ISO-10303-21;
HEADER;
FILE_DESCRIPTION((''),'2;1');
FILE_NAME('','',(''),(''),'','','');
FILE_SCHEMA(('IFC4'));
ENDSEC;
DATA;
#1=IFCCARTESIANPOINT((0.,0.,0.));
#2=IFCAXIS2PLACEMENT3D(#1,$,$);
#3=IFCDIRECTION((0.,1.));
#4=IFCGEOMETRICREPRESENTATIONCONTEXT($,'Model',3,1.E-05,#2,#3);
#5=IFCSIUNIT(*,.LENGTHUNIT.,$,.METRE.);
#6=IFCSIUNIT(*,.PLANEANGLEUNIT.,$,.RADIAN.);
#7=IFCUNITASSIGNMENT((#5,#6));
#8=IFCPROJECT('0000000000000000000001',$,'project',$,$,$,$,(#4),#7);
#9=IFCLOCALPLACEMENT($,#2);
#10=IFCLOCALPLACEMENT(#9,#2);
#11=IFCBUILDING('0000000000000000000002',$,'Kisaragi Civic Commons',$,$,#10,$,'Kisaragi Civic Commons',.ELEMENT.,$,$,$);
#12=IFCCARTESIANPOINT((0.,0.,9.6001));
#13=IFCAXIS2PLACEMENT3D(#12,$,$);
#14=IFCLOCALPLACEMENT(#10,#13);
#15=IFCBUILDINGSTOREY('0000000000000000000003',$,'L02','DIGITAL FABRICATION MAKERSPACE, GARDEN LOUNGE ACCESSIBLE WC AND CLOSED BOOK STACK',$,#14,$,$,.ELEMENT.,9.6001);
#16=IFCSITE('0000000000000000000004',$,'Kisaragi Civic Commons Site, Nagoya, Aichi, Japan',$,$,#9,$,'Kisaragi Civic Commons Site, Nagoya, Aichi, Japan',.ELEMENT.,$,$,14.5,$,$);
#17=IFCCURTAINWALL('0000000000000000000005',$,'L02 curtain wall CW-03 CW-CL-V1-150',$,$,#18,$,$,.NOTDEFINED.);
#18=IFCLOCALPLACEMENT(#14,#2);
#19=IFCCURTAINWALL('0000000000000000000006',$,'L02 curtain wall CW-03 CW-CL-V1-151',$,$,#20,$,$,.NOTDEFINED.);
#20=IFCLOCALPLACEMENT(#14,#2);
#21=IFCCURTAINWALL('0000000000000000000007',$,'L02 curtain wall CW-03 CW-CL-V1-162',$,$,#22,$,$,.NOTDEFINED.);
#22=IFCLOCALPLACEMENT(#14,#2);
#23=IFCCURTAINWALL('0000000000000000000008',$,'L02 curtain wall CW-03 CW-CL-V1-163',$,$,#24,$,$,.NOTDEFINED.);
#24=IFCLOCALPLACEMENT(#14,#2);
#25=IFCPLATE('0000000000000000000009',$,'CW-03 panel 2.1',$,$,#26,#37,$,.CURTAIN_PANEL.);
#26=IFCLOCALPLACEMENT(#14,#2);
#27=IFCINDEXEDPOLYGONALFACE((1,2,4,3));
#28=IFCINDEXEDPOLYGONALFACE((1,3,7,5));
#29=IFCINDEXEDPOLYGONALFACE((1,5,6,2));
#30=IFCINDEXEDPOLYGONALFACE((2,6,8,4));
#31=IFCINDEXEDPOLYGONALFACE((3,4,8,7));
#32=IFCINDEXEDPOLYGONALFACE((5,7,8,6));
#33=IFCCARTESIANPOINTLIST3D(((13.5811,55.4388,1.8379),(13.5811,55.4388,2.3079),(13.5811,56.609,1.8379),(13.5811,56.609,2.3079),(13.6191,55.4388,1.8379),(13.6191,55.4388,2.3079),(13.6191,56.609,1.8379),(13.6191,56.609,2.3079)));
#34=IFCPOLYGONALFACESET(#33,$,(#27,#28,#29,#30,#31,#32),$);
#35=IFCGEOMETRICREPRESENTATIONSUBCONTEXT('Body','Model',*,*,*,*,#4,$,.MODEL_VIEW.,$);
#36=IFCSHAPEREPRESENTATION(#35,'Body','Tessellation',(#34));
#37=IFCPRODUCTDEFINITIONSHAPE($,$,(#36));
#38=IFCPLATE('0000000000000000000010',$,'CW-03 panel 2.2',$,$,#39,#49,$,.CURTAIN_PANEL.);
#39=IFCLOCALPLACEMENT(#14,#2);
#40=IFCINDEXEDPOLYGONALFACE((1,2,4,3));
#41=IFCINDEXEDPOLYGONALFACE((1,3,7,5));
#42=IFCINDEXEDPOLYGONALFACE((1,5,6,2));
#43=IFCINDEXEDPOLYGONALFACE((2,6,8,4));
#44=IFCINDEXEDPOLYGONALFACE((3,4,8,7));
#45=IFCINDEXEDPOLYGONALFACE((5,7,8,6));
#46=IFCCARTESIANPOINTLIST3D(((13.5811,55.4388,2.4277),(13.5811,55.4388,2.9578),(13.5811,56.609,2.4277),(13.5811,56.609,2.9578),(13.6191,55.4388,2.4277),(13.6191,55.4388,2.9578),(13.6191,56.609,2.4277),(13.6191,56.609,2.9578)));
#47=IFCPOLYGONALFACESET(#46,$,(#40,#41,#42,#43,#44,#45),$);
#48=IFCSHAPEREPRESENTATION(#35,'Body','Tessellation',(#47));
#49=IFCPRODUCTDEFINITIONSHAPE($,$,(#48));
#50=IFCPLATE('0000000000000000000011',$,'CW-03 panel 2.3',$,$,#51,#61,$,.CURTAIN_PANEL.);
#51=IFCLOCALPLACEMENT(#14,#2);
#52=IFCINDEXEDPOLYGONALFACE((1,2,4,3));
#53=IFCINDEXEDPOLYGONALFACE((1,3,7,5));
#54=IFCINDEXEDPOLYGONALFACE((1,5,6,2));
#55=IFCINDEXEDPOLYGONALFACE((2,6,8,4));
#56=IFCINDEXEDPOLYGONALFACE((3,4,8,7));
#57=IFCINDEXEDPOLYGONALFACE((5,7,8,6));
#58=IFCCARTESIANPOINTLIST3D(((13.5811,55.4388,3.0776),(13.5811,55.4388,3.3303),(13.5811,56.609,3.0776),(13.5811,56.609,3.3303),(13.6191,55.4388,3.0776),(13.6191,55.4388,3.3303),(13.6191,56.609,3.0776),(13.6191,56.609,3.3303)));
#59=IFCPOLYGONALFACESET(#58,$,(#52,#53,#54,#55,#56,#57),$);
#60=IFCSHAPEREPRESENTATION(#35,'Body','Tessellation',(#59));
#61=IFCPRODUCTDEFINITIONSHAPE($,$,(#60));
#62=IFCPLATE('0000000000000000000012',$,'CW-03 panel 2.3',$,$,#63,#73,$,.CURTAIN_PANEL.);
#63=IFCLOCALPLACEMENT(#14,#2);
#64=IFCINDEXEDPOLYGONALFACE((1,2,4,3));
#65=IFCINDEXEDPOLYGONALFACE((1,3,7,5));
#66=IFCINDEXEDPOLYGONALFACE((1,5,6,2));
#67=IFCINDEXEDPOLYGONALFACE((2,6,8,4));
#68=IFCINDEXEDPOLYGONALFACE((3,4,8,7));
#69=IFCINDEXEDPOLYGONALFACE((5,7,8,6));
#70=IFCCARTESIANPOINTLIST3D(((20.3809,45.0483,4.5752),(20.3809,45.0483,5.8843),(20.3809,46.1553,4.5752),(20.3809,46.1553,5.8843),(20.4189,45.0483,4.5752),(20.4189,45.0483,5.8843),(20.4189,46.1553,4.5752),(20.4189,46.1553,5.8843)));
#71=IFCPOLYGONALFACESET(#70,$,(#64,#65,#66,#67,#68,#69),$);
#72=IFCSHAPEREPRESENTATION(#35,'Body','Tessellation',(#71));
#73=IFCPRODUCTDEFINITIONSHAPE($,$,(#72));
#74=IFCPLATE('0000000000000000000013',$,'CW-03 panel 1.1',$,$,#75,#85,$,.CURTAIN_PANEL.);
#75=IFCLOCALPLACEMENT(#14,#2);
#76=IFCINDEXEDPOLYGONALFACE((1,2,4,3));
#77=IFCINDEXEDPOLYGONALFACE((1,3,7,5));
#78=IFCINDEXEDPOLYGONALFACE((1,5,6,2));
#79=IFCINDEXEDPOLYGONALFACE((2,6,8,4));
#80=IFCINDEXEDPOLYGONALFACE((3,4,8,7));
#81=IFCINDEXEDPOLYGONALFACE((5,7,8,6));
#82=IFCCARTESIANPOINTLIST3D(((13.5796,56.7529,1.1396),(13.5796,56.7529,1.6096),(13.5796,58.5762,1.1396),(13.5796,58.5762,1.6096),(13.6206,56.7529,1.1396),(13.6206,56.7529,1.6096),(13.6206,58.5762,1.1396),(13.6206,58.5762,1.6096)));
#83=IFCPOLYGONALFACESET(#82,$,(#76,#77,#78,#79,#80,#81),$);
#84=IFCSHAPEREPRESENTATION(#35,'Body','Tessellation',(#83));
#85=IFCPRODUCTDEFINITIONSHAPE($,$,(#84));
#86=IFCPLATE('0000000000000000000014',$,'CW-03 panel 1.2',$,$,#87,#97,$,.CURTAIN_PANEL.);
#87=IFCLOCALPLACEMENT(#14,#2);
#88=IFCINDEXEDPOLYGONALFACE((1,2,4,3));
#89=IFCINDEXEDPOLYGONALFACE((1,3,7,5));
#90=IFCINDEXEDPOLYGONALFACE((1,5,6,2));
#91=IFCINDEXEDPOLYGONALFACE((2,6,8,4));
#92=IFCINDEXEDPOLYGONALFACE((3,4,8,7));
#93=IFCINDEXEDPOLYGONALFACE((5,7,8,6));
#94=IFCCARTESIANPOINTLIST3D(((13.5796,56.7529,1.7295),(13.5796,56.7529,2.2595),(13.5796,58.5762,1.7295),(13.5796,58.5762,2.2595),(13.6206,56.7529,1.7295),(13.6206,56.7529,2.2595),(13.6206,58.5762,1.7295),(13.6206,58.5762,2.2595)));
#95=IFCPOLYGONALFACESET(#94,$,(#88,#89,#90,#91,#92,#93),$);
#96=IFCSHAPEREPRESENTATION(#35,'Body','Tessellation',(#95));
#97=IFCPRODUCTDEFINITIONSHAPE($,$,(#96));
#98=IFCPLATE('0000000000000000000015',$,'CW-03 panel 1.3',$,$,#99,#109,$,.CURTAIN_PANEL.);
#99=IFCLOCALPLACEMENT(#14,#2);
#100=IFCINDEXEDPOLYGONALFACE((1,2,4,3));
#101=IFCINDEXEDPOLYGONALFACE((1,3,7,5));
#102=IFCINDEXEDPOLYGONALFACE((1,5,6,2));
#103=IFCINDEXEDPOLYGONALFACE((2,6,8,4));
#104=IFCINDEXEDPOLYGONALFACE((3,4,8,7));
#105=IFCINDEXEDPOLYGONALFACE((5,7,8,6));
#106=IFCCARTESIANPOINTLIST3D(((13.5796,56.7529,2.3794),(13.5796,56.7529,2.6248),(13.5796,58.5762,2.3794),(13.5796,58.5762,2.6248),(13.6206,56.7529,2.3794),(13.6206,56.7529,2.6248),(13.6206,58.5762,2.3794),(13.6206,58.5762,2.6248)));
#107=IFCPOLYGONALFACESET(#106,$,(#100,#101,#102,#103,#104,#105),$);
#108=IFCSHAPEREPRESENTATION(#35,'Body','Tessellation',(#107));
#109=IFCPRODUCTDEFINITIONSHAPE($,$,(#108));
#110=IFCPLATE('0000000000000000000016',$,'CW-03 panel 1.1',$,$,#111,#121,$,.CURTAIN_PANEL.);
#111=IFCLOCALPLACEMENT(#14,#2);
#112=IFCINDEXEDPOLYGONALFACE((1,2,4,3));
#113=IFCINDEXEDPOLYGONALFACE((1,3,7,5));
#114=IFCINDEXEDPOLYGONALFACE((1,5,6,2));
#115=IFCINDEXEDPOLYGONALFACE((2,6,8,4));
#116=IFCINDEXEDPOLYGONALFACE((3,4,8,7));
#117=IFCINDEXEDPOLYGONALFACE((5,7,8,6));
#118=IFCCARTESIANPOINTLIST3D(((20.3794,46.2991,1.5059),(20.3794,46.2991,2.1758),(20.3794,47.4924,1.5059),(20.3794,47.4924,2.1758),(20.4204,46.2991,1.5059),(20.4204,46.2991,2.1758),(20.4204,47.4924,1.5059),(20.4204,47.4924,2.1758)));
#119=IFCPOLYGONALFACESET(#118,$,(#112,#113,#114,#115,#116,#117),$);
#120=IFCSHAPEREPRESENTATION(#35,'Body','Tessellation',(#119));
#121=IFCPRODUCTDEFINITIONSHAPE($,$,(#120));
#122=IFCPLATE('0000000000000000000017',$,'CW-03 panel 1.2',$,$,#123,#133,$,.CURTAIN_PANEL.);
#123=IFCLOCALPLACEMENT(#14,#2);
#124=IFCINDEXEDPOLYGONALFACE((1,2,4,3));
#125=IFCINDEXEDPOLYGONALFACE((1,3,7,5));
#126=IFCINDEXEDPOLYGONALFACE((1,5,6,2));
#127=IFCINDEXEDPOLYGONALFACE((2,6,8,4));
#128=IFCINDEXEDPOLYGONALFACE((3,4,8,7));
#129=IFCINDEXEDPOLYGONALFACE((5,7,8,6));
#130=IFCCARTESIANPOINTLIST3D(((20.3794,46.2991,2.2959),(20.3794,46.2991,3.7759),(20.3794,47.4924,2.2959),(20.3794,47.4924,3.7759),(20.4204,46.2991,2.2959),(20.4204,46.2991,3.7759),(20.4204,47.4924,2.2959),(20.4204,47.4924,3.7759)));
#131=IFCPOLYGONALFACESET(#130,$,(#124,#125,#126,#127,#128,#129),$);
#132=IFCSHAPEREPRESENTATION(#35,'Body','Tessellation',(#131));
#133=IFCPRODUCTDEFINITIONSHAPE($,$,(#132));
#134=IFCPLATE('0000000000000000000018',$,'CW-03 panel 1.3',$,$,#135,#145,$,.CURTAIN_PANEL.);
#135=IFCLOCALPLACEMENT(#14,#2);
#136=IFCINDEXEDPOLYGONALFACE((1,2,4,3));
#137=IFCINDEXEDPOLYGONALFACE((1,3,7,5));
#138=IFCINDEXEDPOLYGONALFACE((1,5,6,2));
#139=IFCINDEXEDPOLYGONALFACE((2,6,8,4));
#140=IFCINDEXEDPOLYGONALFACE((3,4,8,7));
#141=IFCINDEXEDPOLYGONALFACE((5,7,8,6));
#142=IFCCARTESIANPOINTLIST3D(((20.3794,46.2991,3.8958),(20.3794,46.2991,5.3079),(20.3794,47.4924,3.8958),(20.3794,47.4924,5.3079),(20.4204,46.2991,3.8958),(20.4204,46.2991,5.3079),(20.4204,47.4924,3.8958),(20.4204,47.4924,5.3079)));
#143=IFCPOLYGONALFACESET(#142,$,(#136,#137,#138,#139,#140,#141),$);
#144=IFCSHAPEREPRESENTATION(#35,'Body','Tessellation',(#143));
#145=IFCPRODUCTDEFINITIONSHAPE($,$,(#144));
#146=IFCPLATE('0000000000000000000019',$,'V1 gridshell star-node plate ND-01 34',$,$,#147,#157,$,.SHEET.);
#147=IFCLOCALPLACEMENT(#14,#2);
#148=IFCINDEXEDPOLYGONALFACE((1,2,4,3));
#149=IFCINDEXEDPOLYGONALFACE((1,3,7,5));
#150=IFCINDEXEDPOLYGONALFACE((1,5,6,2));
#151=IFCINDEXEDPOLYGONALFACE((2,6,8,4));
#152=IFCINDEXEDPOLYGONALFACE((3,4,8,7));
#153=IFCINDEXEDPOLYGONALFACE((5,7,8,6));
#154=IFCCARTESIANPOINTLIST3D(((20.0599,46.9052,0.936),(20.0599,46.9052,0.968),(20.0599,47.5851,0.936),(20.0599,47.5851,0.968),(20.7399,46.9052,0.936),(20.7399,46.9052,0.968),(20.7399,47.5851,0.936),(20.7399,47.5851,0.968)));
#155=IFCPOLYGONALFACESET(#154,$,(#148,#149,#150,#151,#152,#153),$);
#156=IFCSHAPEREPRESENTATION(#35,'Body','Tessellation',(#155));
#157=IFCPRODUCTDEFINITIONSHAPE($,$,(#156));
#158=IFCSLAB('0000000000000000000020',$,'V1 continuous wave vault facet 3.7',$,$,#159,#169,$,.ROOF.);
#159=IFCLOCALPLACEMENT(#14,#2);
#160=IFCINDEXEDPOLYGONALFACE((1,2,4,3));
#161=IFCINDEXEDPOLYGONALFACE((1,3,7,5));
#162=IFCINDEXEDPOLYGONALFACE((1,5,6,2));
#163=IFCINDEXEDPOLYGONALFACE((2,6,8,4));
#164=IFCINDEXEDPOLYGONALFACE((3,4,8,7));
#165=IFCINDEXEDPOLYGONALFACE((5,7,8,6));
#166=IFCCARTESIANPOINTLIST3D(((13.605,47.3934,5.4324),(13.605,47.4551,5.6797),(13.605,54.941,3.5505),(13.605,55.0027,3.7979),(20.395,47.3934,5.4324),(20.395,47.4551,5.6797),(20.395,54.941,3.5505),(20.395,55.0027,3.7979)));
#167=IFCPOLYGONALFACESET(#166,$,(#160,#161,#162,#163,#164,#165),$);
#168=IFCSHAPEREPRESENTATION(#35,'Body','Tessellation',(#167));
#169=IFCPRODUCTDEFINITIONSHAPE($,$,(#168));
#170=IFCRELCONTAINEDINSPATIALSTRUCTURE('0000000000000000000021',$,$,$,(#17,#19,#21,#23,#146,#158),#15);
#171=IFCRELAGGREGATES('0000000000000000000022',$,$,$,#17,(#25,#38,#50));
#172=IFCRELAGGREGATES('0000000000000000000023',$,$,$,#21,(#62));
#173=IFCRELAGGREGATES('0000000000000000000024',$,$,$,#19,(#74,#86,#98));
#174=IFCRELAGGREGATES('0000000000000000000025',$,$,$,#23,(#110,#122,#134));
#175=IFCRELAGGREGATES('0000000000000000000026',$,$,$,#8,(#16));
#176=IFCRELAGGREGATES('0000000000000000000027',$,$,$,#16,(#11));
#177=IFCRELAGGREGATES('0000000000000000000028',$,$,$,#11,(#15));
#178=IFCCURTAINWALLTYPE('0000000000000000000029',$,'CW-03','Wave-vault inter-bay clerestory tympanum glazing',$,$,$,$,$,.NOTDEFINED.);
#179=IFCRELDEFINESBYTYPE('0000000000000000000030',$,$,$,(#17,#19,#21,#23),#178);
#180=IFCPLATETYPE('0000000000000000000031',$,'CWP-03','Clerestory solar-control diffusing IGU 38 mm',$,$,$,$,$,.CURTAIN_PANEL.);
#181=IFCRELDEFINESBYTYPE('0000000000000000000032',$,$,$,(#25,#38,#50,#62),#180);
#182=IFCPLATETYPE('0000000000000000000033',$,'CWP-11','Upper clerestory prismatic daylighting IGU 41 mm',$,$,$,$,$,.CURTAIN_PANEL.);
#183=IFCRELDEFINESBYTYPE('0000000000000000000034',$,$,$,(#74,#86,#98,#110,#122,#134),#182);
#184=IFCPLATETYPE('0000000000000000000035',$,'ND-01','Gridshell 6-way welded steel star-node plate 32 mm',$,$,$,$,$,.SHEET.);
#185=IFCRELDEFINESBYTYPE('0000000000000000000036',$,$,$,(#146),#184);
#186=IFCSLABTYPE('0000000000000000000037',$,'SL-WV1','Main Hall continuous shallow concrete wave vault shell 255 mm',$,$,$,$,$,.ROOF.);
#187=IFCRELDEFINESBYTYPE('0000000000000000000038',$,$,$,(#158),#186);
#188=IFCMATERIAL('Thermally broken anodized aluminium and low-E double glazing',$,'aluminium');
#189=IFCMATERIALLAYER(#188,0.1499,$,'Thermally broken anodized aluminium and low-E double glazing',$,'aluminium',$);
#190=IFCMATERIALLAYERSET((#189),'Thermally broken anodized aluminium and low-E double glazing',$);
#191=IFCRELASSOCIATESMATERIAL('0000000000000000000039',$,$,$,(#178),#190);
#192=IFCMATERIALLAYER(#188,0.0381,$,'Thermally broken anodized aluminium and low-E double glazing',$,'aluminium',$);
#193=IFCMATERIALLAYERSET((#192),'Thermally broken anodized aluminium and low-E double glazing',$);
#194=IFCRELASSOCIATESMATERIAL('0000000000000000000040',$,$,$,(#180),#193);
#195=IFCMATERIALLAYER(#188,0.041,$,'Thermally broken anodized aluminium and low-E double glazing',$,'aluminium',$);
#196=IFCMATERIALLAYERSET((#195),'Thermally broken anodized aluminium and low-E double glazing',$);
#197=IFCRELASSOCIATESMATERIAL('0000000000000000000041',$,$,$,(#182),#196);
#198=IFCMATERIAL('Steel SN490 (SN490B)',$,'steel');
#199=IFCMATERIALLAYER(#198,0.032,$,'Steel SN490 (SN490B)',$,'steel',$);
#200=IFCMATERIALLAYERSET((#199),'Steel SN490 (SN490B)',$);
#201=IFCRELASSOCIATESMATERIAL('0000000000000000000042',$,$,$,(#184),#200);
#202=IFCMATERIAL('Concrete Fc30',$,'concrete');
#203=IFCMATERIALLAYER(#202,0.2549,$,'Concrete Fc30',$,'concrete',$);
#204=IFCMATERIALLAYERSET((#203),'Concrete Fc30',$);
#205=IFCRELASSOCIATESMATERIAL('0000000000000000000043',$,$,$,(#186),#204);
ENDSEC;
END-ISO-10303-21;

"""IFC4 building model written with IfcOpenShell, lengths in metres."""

from ifc_helpers import new_model, si_unit, direction, frame, origin, origin_2d, place, context, subcontext, project, spatial, polyline, rectangle, outline, extrude, material, layer, layer_set, type_object, element, aggregate, save


model = new_model("IFC4")

# Units and contexts
model_context = context("Model", 3, precision=1e-05, world=origin(), true_north=direction((0.0, 1.0)))
body_context = subcontext(model_context, "Body", "Model", "MODEL_VIEW")
ifc_project = project(units=[si_unit("LENGTHUNIT", "METRE"), si_unit("PLANEANGLEUNIT", "RADIAN")], contexts=[model_context])

# Site, building, storey
site_placement = place(None, origin())
site = spatial("IfcSite", under=ifc_project, at=site_placement, Name="Kisaragi Civic Commons Site, Nagoya, Aichi, Japan", LongName="Kisaragi Civic Commons Site, Nagoya, Aichi, Japan", CompositionType="ELEMENT", RefElevation=14.5)
building_placement = place(site_placement, origin())
building = spatial("IfcBuilding", under=site, at=building_placement, Name="Kisaragi Civic Commons", LongName="Kisaragi Civic Commons", CompositionType="ELEMENT")
storey_placement = place(building_placement, frame((0.0, 0.0, 9.6001)))
storey = spatial("IfcBuildingStorey", under=building, at=storey_placement, Name="L02", Description="DIGITAL FABRICATION MAKERSPACE, GARDEN LOUNGE ACCESSIBLE WC AND CLOSED BOOK STACK", CompositionType="ELEMENT", Elevation=9.6001)

# Curtain walls
ifc_material_1 = material(Name="Thermally broken anodized aluminium and low-E double glazing", Category="aluminium")
ifc_layer_1 = layer(ifc_material_1, 0.1499, Name="Thermally broken anodized aluminium and low-E double glazing", Category="aluminium")
ifc_layer_set_1 = layer_set([ifc_layer_1], Name="Thermally broken anodized aluminium and low-E double glazing")
curtain_wall_type = type_object("IfcCurtainWallType", Name="CW-03", Description="Wave-vault inter-bay clerestory tympanum glazing", PredefinedType="NOTDEFINED", material=ifc_layer_set_1)
curtain_wall_1_placement = place(storey_placement, origin())
curtain_wall_1 = element("IfcCurtainWall", 1, at=curtain_wall_1_placement, inside=storey, type_object=curtain_wall_type, Name="L02 curtain wall CW-03 CW-CL-V1-150", PredefinedType="NOTDEFINED")
curtain_wall_2_placement = place(storey_placement, origin())
curtain_wall_2 = element("IfcCurtainWall", 2, at=curtain_wall_2_placement, inside=storey, type_object=curtain_wall_type, Name="L02 curtain wall CW-03 CW-CL-V1-151", PredefinedType="NOTDEFINED")
curtain_wall_3_placement = place(storey_placement, origin())
curtain_wall_3 = element("IfcCurtainWall", 3, at=curtain_wall_3_placement, inside=storey, type_object=curtain_wall_type, Name="L02 curtain wall CW-03 CW-CL-V1-162", PredefinedType="NOTDEFINED")
curtain_wall_4_placement = place(storey_placement, origin())
curtain_wall_4 = element("IfcCurtainWall", 4, at=curtain_wall_4_placement, inside=storey, type_object=curtain_wall_type, Name="L02 curtain wall CW-03 CW-CL-V1-163", PredefinedType="NOTDEFINED")

# Shared definitions
ifc_material_2 = material(Name="Steel SN490 (SN490B)", Category="steel")

# Plates
ifc_layer_2 = layer(ifc_material_1, 0.0381, Name="Thermally broken anodized aluminium and low-E double glazing", Category="aluminium")
ifc_layer_set_2 = layer_set([ifc_layer_2], Name="Thermally broken anodized aluminium and low-E double glazing")
plate_type_1 = type_object("IfcPlateType", Name="CWP-03", Description="Clerestory solar-control diffusing IGU 38 mm", PredefinedType="CURTAIN_PANEL", material=ifc_layer_set_2)
plate_1_placement = place(storey_placement, frame((13.6001, 56.0239, 1.8379), z_axis=(0.0, 0.0, 1.0), x_axis=(0.0, 1.0, 0.0)))
plate_1 = element("IfcPlate", 5, at=plate_1_placement, type_object=plate_type_1, Name="CW-03 panel 2.1", PredefinedType="CURTAIN_PANEL", context=body_context, shape_type="SweptSolid", body=[
    extrude(rectangle(XDim=1.1702, YDim=0.0381, at=origin_2d()), origin(), (0.0, 0.0, 1.0), 0.47),
])
plate_2_placement = place(storey_placement, frame((13.6001, 56.0239, 2.4277), z_axis=(0.0, 0.0, 1.0), x_axis=(0.0, 1.0, 0.0)))
plate_2 = element("IfcPlate", 6, at=plate_2_placement, type_object=plate_type_1, Name="CW-03 panel 2.2", PredefinedType="CURTAIN_PANEL", context=body_context, shape_type="SweptSolid", body=[
    extrude(rectangle(XDim=1.1702, YDim=0.0381, at=origin_2d()), origin(), (0.0, 0.0, 1.0), 0.53),
])
plate_3_placement = place(storey_placement, frame((13.6001, 56.0239, 3.0776), z_axis=(0.0, 0.0, 1.0), x_axis=(0.0, 1.0, 0.0)))
plate_3 = element("IfcPlate", 7, at=plate_3_placement, type_object=plate_type_1, Name="CW-03 panel 2.3", PredefinedType="CURTAIN_PANEL", context=body_context, shape_type="SweptSolid", body=[
    extrude(rectangle(XDim=1.1702, YDim=0.0381, at=origin_2d()), origin(), (0.0, 0.0, 1.0), 0.2527),
])
aggregate(curtain_wall_1, [plate_1, plate_2, plate_3])
plate_4_placement = place(storey_placement, frame((20.3999, 45.6018, 4.5752), z_axis=(0.0, 0.0, 1.0), x_axis=(0.0, 1.0, 0.0)))
plate_4 = element("IfcPlate", 8, at=plate_4_placement, type_object=plate_type_1, Name="CW-03 panel 2.3", PredefinedType="CURTAIN_PANEL", context=body_context, shape_type="SweptSolid", body=[
    extrude(rectangle(XDim=1.1069, YDim=0.0381, at=origin_2d()), origin(), (0.0, 0.0, 1.0), 1.3091),
])
aggregate(curtain_wall_3, [plate_4])
ifc_layer_3 = layer(ifc_material_1, 0.041, Name="Thermally broken anodized aluminium and low-E double glazing", Category="aluminium")
ifc_layer_set_3 = layer_set([ifc_layer_3], Name="Thermally broken anodized aluminium and low-E double glazing")
plate_type_2 = type_object("IfcPlateType", Name="CWP-11", Description="Upper clerestory prismatic daylighting IGU 41 mm", PredefinedType="CURTAIN_PANEL", material=ifc_layer_set_3)
plate_5_placement = place(storey_placement, frame((13.6001, 57.6646, 1.1396), z_axis=(0.0, 0.0, 1.0), x_axis=(0.0, 1.0, 0.0)))
plate_5 = element("IfcPlate", 9, at=plate_5_placement, type_object=plate_type_2, Name="CW-03 panel 1.1", PredefinedType="CURTAIN_PANEL", context=body_context, shape_type="SweptSolid", body=[
    extrude(rectangle(XDim=1.8232, YDim=0.041, at=origin_2d()), origin(), (0.0, 0.0, 1.0), 0.47),
])
plate_6_placement = place(storey_placement, frame((13.6001, 57.6646, 1.7295), z_axis=(0.0, 0.0, 1.0), x_axis=(0.0, 1.0, 0.0)))
plate_6 = element("IfcPlate", 10, at=plate_6_placement, type_object=plate_type_2, Name="CW-03 panel 1.2", PredefinedType="CURTAIN_PANEL", context=body_context, shape_type="SweptSolid", body=[
    extrude(rectangle(XDim=1.8232, YDim=0.041, at=origin_2d()), origin(), (0.0, 0.0, 1.0), 0.53),
])
plate_7_placement = place(storey_placement, frame((13.6001, 57.6646, 2.3794), z_axis=(0.0, 0.0, 1.0), x_axis=(0.0, 1.0, 0.0)))
plate_7 = element("IfcPlate", 11, at=plate_7_placement, type_object=plate_type_2, Name="CW-03 panel 1.3", PredefinedType="CURTAIN_PANEL", context=body_context, shape_type="SweptSolid", body=[
    extrude(rectangle(XDim=1.8232, YDim=0.041, at=origin_2d()), origin(), (0.0, 0.0, 1.0), 0.2454),
])
aggregate(curtain_wall_2, [plate_5, plate_6, plate_7])
plate_8_placement = place(storey_placement, frame((20.3999, 46.8958, 1.5059), z_axis=(0.0, 0.0, 1.0), x_axis=(0.0, 1.0, 0.0)))
plate_8 = element("IfcPlate", 12, at=plate_8_placement, type_object=plate_type_2, Name="CW-03 panel 1.1", PredefinedType="CURTAIN_PANEL", context=body_context, shape_type="SweptSolid", body=[
    extrude(rectangle(XDim=1.1934, YDim=0.041, at=origin_2d()), origin(), (0.0, 0.0, 1.0), 0.6699),
])
plate_9_placement = place(storey_placement, frame((20.3999, 46.8958, 2.2959), z_axis=(0.0, 0.0, 1.0), x_axis=(0.0, 1.0, 0.0)))
plate_9 = element("IfcPlate", 13, at=plate_9_placement, type_object=plate_type_2, Name="CW-03 panel 1.2", PredefinedType="CURTAIN_PANEL", context=body_context, shape_type="SweptSolid", body=[
    extrude(rectangle(XDim=1.1934, YDim=0.041, at=origin_2d()), origin(), (0.0, 0.0, 1.0), 1.48),
])
plate_10_placement = place(storey_placement, frame((20.3999, 46.8958, 3.8958), z_axis=(0.0, 0.0, 1.0), x_axis=(0.0, 1.0, 0.0)))
plate_10 = element("IfcPlate", 14, at=plate_10_placement, type_object=plate_type_2, Name="CW-03 panel 1.3", PredefinedType="CURTAIN_PANEL", context=body_context, shape_type="SweptSolid", body=[
    extrude(rectangle(XDim=1.1934, YDim=0.041, at=origin_2d()), origin(), (0.0, 0.0, 1.0), 1.4121),
])
aggregate(curtain_wall_4, [plate_8, plate_9, plate_10])
ifc_layer_4 = layer(ifc_material_2, 0.032, Name="Steel SN490 (SN490B)", Category="steel")
ifc_layer_set_4 = layer_set([ifc_layer_4], Name="Steel SN490 (SN490B)")
plate_type_3 = type_object("IfcPlateType", Name="ND-01", Description="Gridshell 6-way welded steel star-node plate 32 mm", PredefinedType="SHEET", material=ifc_layer_set_4)
plate_11_placement = place(storey_placement, frame((20.3999, 47.2451, 0.936), z_axis=(0.0, 0.0, 1.0), x_axis=(1.0, 0.0, 0.0)))
element("IfcPlate", 15, at=plate_11_placement, inside=storey, type_object=plate_type_3, Name="V1 gridshell star-node plate ND-01 34", PredefinedType="SHEET", context=body_context, shape_type="SweptSolid", body=[
    extrude(rectangle(XDim=0.6799, YDim=0.6799, at=origin_2d()), origin(), (0.0, 0.0, 1.0), 0.032),
])

# Slab
ifc_material_3 = material(Name="Concrete Fc30", Category="concrete")
ifc_layer_5 = layer(ifc_material_3, 0.2549, Name="Concrete Fc30", Category="concrete")
ifc_layer_set_5 = layer_set([ifc_layer_5], Name="Concrete Fc30")
slab_type = type_object("IfcSlabType", Name="SL-WV1", Description="Main Hall continuous shallow concrete wave vault shell 255 mm", PredefinedType="ROOF", material=ifc_layer_set_5)
slab_placement = place(storey_placement, frame((20.395, 55.0027, 3.7979), z_axis=(0.0, 0.241923, 0.970296), x_axis=(-1.0, 0.0, 0.0)))
element("IfcSlab", 16, at=slab_placement, inside=storey, type_object=slab_type, Name="V1 continuous wave vault facet 3.7", PredefinedType="ROOF", context=body_context, shape_type="SweptSolid", body=[
    extrude(outline(polyline([(0.0, 0.0), (6.79, 0.0), (6.79, 7.7787), (0.0, 7.7787), (0.0, 0.0)])), origin(), (0.0, 0.0, -1.0), 0.2549),
])

save(model, "model.ifc")
